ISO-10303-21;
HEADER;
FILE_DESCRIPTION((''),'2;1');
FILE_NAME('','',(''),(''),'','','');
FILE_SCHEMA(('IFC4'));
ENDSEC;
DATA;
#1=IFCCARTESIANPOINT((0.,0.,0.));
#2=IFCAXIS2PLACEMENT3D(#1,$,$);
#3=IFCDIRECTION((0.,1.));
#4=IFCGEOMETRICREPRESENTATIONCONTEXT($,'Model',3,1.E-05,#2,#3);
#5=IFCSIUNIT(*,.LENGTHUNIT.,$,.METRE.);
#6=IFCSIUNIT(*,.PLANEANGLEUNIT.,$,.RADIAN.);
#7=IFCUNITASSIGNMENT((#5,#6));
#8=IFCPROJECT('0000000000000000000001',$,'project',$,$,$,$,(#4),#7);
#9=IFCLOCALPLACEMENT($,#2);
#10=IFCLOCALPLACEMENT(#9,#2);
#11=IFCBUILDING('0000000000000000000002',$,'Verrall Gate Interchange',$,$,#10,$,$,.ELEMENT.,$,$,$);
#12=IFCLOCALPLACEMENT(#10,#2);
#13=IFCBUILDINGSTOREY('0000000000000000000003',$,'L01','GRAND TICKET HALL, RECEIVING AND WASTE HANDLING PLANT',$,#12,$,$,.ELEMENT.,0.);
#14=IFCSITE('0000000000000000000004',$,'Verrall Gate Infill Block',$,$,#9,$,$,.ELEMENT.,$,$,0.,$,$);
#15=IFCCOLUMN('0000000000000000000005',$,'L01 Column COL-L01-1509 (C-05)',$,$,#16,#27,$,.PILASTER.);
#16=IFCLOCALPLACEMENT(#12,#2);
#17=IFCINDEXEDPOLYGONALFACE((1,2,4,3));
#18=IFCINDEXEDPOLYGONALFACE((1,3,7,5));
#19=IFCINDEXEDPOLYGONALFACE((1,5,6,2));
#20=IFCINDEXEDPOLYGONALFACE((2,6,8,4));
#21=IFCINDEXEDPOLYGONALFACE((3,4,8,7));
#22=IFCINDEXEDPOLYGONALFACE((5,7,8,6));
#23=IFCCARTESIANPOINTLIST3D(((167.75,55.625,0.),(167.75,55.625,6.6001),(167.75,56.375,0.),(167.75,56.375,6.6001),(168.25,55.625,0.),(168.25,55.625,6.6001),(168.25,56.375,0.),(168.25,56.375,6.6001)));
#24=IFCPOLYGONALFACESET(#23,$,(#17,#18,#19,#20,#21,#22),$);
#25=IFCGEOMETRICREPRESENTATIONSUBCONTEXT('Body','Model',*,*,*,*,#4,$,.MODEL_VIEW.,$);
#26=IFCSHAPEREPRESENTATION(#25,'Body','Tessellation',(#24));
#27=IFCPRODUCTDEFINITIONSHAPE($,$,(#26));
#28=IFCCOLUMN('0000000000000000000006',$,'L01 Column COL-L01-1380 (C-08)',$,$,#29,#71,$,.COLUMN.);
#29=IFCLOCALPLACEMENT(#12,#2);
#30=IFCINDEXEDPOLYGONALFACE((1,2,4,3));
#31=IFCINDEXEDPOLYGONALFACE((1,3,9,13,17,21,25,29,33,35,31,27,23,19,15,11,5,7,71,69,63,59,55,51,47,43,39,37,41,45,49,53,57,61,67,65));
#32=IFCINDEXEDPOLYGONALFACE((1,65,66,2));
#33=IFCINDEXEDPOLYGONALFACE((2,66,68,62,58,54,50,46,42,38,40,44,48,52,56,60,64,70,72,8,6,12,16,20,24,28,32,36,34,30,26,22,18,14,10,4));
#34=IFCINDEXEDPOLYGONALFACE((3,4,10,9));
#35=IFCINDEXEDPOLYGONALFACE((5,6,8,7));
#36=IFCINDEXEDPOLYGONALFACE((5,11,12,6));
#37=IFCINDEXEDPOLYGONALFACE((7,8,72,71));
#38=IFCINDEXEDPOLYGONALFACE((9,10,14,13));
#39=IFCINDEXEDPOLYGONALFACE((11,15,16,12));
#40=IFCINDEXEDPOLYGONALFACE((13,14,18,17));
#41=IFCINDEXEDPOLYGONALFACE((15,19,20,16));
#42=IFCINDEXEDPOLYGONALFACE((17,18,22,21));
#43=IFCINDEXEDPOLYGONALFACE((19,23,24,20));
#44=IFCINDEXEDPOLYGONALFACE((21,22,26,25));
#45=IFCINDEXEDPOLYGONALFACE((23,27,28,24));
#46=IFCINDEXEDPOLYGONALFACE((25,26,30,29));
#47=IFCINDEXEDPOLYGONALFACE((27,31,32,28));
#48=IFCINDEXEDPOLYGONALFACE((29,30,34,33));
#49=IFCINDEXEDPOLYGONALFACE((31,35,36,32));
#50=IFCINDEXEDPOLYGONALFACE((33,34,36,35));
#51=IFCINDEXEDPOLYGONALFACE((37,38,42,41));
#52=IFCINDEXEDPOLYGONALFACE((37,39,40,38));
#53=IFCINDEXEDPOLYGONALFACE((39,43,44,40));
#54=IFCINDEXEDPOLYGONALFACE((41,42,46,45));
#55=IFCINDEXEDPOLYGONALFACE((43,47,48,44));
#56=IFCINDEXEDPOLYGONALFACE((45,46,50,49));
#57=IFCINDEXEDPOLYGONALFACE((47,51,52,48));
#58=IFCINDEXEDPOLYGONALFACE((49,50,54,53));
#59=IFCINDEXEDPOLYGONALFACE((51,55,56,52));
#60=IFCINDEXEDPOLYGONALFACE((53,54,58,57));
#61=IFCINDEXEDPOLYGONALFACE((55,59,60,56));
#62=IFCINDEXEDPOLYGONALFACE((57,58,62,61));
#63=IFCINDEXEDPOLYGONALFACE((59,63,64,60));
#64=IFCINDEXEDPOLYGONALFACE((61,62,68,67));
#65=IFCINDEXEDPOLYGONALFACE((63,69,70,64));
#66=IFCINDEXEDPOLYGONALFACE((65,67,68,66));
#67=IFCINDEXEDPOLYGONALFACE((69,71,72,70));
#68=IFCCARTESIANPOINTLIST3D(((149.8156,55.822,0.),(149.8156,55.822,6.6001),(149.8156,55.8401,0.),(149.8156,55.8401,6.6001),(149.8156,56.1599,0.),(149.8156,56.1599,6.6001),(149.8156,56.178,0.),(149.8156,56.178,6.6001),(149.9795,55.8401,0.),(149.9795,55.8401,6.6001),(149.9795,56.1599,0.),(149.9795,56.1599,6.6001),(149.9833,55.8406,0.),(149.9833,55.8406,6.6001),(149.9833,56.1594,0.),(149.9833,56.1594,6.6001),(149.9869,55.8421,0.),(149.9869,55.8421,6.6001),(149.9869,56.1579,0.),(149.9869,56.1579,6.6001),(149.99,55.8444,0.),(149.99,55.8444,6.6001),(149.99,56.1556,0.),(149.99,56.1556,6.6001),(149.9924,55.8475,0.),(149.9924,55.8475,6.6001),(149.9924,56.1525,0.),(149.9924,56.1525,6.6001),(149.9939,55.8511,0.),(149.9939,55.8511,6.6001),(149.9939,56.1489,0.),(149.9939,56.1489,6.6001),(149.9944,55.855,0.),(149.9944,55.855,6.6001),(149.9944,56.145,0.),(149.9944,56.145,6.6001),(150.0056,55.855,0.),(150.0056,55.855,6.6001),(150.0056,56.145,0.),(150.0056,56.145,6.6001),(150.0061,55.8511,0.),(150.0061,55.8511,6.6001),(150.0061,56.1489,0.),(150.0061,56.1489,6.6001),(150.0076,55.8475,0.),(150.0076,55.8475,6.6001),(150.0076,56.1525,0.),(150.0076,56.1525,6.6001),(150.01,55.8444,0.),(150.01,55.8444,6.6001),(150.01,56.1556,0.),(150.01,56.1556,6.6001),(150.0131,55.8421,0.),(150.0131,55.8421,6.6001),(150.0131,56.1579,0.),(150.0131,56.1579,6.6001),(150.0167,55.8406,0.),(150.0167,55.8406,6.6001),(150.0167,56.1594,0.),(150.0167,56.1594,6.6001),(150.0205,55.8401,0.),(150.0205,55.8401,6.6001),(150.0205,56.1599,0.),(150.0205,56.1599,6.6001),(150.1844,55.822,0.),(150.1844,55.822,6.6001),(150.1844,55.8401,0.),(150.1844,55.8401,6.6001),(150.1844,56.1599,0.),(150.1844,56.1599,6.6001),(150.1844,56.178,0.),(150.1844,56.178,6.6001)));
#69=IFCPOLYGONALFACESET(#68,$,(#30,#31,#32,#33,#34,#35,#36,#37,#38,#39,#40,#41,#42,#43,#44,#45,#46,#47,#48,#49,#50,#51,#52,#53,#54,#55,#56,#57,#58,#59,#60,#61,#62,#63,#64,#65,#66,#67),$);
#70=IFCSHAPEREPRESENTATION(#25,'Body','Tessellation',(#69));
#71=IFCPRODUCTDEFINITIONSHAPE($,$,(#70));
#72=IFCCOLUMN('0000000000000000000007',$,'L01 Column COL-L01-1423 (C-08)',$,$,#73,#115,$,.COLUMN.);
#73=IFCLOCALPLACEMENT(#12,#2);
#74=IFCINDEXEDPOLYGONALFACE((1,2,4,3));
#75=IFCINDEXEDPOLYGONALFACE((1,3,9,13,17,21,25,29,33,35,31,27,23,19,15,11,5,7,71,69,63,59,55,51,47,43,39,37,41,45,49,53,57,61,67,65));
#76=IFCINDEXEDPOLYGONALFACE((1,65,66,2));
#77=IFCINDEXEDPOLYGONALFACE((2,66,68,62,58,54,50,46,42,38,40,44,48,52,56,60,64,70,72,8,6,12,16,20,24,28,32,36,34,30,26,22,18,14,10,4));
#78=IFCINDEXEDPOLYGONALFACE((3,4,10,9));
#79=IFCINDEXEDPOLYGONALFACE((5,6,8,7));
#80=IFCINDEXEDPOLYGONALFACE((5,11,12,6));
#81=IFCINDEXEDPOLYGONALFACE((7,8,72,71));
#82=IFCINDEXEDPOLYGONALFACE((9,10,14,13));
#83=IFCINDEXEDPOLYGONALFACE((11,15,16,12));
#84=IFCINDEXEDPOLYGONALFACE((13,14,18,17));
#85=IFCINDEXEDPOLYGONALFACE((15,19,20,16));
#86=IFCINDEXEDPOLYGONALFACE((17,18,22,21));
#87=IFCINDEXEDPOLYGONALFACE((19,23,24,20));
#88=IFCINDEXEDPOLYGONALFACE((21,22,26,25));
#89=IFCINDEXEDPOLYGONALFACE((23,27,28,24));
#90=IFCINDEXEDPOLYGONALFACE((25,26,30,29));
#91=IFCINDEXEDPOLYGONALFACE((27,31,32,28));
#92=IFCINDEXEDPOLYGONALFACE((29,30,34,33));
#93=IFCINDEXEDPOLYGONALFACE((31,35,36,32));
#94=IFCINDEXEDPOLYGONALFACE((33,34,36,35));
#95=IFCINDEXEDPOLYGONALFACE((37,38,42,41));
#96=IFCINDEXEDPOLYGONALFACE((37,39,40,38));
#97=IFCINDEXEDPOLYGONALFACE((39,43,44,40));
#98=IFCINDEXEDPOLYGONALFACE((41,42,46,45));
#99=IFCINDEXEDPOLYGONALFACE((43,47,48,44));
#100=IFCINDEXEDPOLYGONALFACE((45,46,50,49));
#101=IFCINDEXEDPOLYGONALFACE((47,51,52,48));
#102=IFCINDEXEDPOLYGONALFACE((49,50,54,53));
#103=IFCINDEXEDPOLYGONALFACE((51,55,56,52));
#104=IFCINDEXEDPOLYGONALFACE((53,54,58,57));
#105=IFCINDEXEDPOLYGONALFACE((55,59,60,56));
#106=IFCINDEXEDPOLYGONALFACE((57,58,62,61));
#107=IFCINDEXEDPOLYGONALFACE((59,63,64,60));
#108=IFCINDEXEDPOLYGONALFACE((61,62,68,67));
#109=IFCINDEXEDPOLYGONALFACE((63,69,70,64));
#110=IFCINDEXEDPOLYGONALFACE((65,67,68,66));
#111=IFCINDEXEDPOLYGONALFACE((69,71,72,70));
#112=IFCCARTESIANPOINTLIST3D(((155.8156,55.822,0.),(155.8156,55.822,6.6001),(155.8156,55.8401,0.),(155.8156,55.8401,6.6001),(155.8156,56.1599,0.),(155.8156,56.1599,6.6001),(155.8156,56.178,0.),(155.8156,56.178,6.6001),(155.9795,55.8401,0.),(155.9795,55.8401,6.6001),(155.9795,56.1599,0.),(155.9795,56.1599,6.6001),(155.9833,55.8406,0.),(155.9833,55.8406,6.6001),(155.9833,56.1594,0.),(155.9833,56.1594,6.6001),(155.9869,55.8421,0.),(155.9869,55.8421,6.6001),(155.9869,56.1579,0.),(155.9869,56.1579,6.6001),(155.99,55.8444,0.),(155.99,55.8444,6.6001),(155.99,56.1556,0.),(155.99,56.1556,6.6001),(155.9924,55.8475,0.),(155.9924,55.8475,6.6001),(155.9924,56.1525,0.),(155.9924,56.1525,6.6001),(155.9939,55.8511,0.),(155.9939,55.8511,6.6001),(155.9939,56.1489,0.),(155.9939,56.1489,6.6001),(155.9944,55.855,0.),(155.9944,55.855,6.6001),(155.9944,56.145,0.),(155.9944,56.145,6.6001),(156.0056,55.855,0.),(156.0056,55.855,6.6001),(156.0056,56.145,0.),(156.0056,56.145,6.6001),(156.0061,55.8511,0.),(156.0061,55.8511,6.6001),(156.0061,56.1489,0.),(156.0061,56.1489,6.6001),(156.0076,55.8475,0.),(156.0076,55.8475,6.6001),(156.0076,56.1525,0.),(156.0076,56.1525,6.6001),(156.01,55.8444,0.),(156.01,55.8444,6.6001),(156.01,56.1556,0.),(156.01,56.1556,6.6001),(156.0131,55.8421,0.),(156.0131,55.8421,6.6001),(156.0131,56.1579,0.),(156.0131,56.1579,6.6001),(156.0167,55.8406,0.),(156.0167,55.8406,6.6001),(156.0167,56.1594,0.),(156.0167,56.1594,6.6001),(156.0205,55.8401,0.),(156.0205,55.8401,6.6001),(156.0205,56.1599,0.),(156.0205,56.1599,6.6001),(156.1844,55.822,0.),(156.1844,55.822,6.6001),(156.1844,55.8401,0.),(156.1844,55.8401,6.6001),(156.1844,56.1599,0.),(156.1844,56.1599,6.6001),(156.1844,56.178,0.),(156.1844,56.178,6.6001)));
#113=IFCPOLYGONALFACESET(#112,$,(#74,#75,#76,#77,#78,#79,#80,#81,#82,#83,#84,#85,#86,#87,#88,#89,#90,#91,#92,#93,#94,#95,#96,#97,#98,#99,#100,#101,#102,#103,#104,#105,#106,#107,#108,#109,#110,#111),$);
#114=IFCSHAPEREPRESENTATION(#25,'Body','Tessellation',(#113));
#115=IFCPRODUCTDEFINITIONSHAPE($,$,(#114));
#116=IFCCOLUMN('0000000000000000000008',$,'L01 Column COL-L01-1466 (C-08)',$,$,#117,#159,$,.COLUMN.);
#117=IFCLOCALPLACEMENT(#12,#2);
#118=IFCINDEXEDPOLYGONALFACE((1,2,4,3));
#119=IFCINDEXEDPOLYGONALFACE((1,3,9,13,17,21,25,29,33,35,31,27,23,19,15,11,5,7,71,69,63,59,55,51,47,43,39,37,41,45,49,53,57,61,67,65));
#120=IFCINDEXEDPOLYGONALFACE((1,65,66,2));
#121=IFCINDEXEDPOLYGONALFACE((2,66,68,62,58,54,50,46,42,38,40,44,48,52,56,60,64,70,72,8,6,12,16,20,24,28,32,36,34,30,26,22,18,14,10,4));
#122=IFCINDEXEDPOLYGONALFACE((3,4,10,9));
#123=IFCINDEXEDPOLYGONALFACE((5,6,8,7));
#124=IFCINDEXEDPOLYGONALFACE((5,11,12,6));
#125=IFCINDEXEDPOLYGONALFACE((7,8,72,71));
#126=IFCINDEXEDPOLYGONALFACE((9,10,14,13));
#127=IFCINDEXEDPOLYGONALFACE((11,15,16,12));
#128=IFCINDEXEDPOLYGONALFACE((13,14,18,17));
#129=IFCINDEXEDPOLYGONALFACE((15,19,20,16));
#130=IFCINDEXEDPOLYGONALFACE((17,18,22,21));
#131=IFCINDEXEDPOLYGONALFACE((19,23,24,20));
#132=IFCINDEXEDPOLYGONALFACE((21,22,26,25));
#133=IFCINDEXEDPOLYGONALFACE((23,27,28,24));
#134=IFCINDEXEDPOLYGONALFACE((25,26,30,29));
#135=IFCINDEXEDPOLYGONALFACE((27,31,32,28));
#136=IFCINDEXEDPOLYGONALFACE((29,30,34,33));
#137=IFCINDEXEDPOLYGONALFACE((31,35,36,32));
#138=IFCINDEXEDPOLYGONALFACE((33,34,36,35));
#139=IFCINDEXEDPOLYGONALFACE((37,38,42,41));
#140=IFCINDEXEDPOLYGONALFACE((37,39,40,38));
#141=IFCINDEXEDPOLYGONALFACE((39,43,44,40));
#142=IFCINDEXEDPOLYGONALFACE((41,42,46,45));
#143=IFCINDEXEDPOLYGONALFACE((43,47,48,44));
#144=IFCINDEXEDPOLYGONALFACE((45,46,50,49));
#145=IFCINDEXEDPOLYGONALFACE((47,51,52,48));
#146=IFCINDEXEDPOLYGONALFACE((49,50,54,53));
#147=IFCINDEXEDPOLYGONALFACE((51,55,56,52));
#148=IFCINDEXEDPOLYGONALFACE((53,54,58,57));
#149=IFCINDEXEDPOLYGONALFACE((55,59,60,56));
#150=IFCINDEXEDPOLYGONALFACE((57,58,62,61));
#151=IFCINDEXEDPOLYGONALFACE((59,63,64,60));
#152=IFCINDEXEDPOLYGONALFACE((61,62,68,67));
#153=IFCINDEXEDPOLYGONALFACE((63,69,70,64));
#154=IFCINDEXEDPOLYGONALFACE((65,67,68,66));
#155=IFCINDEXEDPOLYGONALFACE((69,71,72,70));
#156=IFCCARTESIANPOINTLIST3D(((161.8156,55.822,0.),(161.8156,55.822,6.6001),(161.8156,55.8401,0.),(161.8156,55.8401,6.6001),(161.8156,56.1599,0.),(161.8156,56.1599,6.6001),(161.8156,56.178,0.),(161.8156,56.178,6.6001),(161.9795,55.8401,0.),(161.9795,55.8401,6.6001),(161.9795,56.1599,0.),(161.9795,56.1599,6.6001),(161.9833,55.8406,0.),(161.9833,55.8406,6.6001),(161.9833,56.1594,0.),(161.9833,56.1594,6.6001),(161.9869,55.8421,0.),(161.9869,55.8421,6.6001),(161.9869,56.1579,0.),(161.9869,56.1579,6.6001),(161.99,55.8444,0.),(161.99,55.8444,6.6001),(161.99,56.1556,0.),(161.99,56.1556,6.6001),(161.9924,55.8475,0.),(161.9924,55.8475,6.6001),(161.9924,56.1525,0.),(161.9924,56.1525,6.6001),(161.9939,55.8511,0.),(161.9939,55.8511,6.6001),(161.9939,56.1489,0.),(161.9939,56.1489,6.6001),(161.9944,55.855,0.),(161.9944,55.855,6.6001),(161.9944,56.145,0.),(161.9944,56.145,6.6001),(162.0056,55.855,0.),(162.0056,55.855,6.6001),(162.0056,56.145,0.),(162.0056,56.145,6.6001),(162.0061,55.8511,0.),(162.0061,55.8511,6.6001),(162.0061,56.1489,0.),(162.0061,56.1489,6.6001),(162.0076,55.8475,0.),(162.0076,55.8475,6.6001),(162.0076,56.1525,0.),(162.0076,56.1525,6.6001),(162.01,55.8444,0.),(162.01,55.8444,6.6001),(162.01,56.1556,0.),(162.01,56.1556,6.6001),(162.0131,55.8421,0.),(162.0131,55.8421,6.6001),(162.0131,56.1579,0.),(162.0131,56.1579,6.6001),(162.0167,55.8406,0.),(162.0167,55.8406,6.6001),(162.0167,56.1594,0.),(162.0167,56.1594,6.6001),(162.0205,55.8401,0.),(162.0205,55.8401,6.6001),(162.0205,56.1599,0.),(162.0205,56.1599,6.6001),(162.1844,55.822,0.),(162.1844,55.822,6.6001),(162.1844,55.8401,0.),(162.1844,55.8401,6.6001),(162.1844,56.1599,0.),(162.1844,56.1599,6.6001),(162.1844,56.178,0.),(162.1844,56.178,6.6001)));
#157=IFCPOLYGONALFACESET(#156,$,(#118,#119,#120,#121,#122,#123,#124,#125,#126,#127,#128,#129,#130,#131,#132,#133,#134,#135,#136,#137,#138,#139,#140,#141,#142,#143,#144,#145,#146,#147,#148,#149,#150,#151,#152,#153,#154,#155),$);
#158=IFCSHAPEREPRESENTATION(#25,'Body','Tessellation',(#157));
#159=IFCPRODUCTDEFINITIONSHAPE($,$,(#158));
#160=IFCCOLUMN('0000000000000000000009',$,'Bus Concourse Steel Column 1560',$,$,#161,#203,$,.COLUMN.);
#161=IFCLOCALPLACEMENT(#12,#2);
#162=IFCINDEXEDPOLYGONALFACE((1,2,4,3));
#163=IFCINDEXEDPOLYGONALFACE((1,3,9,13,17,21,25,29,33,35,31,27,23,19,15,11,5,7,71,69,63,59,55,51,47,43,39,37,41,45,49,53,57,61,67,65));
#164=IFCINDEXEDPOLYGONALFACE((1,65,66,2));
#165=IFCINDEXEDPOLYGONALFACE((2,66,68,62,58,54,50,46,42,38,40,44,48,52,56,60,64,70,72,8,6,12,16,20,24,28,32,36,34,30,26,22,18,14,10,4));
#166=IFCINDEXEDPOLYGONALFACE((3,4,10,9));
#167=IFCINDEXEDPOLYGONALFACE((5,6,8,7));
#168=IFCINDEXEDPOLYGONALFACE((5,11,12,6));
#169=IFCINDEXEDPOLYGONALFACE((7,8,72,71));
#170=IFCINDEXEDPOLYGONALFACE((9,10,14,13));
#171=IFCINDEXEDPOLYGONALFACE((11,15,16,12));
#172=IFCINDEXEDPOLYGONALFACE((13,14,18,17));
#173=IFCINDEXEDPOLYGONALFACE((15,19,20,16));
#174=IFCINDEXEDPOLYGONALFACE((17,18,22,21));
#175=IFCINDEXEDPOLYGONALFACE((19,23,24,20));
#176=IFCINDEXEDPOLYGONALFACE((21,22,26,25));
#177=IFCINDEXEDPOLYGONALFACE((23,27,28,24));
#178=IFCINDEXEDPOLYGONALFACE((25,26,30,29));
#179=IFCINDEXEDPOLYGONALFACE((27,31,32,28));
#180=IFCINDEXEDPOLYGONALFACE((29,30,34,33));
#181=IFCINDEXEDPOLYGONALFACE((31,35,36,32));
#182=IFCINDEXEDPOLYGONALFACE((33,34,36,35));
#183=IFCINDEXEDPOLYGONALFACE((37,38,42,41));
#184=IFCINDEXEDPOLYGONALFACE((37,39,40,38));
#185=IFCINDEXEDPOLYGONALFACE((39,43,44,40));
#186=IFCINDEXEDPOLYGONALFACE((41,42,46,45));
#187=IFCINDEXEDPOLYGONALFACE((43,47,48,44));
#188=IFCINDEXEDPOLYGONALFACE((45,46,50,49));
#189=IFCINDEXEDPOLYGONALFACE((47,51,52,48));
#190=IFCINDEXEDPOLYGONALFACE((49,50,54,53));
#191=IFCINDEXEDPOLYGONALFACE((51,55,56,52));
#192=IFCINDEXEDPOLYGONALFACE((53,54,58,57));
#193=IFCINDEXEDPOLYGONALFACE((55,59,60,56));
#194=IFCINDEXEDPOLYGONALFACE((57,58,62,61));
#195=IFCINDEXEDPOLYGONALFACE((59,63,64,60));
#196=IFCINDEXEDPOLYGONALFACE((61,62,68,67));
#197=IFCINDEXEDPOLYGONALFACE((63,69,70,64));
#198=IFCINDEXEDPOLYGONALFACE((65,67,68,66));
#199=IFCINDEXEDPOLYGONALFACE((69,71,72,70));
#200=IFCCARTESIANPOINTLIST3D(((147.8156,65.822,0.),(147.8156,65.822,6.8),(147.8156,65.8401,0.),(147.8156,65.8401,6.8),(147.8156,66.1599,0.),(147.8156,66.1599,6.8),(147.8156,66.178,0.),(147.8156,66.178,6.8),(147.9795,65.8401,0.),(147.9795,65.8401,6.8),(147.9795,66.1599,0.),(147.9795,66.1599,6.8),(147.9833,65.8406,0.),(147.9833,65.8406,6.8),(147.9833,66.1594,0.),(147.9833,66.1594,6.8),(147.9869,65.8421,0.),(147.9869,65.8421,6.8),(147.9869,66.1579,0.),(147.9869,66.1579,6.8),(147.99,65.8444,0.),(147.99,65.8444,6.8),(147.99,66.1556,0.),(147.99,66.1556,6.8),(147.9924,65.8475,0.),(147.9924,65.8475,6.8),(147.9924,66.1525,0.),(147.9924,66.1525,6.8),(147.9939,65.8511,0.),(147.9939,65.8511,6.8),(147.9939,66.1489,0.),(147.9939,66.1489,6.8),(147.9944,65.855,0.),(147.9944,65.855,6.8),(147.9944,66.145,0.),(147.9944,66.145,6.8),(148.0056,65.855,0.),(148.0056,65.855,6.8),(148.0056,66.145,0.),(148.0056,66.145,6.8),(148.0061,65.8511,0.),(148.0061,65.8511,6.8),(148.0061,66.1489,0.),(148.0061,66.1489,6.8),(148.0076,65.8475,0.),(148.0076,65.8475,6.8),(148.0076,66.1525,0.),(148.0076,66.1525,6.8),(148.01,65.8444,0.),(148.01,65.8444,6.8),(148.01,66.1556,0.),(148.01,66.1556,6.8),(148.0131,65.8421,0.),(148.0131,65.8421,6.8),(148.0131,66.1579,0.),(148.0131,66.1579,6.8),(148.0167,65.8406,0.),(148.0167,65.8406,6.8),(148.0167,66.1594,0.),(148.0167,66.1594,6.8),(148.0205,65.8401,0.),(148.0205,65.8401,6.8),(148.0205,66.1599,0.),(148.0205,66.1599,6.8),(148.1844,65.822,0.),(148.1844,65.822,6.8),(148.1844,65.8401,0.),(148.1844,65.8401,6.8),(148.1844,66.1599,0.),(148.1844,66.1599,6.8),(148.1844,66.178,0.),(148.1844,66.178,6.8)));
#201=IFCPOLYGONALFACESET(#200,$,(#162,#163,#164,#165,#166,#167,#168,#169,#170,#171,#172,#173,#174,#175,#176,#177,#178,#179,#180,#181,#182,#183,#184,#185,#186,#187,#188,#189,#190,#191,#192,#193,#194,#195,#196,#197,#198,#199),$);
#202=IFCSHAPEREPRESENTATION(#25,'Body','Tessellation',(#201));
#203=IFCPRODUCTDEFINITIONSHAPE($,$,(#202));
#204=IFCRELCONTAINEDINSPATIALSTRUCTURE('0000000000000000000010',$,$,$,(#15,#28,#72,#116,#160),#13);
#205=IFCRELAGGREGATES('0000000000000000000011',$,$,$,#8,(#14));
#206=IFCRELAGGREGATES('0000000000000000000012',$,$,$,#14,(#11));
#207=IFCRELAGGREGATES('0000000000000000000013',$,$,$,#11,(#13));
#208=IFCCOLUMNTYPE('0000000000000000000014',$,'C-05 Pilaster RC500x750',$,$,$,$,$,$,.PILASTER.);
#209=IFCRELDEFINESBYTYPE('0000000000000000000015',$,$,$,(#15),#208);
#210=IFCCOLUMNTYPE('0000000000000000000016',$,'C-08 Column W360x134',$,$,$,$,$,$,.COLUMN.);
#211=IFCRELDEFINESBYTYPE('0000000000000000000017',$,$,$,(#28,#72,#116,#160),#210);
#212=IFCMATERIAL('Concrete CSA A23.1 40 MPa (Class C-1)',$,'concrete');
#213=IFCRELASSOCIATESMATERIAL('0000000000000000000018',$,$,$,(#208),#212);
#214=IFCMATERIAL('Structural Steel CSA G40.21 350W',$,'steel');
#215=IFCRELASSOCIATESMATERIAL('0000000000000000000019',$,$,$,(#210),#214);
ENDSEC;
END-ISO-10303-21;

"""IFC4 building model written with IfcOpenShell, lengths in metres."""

from ifc_helpers import new_model, si_unit, direction, frame, origin, origin_2d, place, context, subcontext, project, spatial, rectangle, i_section, extrude, material, material_profile, profile_set, type_object, element, save


model = new_model("IFC4")

# Units and contexts
model_context = context("Model", 3, precision=1e-05, world=origin(), true_north=direction((0.0, 1.0)))
body_context = subcontext(model_context, "Body", "Model", "MODEL_VIEW")
ifc_project = project(units=[si_unit("LENGTHUNIT", "METRE"), si_unit("PLANEANGLEUNIT", "RADIAN")], contexts=[model_context])

# Site, building, storey
site_placement = place(None, origin())
site = spatial("IfcSite", under=ifc_project, at=site_placement, Name="Verrall Gate Infill Block", CompositionType="ELEMENT", RefElevation=0.0)
building_placement = place(site_placement, origin())
building = spatial("IfcBuilding", under=site, at=building_placement, Name="Verrall Gate Interchange", CompositionType="ELEMENT")
storey_placement = place(building_placement, origin())
storey = spatial("IfcBuildingStorey", under=building, at=storey_placement, Name="L01", Description="GRAND TICKET HALL, RECEIVING AND WASTE HANDLING PLANT", CompositionType="ELEMENT", Elevation=0.0)

# Columns
ifc_material_1 = material(Name="Concrete CSA A23.1 40 MPa (Class C-1)", Category="concrete")
ifc_material_profile_1 = material_profile(ifc_material_1, rectangle(XDim=0.5, YDim=0.75, at=origin_2d()), Name="RC500x750")
ifc_profile_set_1 = profile_set([ifc_material_profile_1], Name="Concrete CSA A23.1 40 MPa (Class C-1)")
column_type_1 = type_object("IfcColumnType", Name="C-05 Pilaster RC500x750", PredefinedType="PILASTER", material=ifc_profile_set_1)
column_placement = place(storey_placement, frame((168.0, 56.0, 0.0), z_axis=(0.0, 0.0, 1.0), x_axis=(1.0, 0.0, 0.0)))
element("IfcColumn", 1, at=column_placement, inside=storey, type_object=column_type_1, Name="L01 Column COL-L01-1509 (C-05)", PredefinedType="PILASTER", context=body_context, shape_type="SweptSolid", body=[
    extrude(rectangle(XDim=0.5, YDim=0.75, at=origin_2d()), origin(), (0.0, 0.0, 1.0), 6.6001),
])
ifc_material_2 = material(Name="Structural Steel CSA G40.21 350W", Category="steel")
ifc_material_profile_2 = material_profile(ifc_material_2, i_section(OverallWidth=0.3689, OverallDepth=0.356, WebThickness=0.0112, FlangeThickness=0.0181, FilletRadius=0.0149, at=origin_2d()), Name="W360x134")
ifc_profile_set_2 = profile_set([ifc_material_profile_2], Name="Structural Steel CSA G40.21 350W")
column_type_2 = type_object("IfcColumnType", Name="C-08 Column W360x134", PredefinedType="COLUMN", material=ifc_profile_set_2)
for number, where, z_axis, x_axis, name in (
    (2, (150.0, 56.0, 0.0), (0.0, 0.0, 1.0), (1.0, 0.0, 0.0), "L01 Column COL-L01-1380 (C-08)"),
    (3, (156.0, 56.0, 0.0), (0.0, 0.0, 1.0), (1.0, 0.0, 0.0), "L01 Column COL-L01-1423 (C-08)"),
    (4, (162.0, 56.0, 0.0), (0.0, 0.0, 1.0), (1.0, 0.0, 0.0), "L01 Column COL-L01-1466 (C-08)"),
):
    element("IfcColumn", number, at=place(storey_placement, frame(where, z_axis=z_axis, x_axis=x_axis)), inside=storey, type_object=column_type_2, Name=name, PredefinedType="COLUMN", context=body_context, shape_type="SweptSolid", body=[
        extrude(i_section(OverallWidth=0.3689, OverallDepth=0.356, WebThickness=0.0112, FlangeThickness=0.0181, FilletRadius=0.0149, at=origin_2d()), origin(), (0.0, 0.0, 1.0), 6.6001),
    ])
for number, where, z_axis, x_axis, name in (
    (5, (148.0, 66.0, 0.0), (0.0, 0.0, 1.0), (1.0, 0.0, 0.0), "Bus Concourse Steel Column 1560"),
):
    element("IfcColumn", number, at=place(storey_placement, frame(where, z_axis=z_axis, x_axis=x_axis)), inside=storey, type_object=column_type_2, Name=name, PredefinedType="COLUMN", context=body_context, shape_type="SweptSolid", body=[
        extrude(i_section(OverallWidth=0.3689, OverallDepth=0.356, WebThickness=0.0112, FlangeThickness=0.0181, FilletRadius=0.0149, at=origin_2d()), origin(), (0.0, 0.0, 1.0), 6.8),
    ])

save(model, "model.ifc")
